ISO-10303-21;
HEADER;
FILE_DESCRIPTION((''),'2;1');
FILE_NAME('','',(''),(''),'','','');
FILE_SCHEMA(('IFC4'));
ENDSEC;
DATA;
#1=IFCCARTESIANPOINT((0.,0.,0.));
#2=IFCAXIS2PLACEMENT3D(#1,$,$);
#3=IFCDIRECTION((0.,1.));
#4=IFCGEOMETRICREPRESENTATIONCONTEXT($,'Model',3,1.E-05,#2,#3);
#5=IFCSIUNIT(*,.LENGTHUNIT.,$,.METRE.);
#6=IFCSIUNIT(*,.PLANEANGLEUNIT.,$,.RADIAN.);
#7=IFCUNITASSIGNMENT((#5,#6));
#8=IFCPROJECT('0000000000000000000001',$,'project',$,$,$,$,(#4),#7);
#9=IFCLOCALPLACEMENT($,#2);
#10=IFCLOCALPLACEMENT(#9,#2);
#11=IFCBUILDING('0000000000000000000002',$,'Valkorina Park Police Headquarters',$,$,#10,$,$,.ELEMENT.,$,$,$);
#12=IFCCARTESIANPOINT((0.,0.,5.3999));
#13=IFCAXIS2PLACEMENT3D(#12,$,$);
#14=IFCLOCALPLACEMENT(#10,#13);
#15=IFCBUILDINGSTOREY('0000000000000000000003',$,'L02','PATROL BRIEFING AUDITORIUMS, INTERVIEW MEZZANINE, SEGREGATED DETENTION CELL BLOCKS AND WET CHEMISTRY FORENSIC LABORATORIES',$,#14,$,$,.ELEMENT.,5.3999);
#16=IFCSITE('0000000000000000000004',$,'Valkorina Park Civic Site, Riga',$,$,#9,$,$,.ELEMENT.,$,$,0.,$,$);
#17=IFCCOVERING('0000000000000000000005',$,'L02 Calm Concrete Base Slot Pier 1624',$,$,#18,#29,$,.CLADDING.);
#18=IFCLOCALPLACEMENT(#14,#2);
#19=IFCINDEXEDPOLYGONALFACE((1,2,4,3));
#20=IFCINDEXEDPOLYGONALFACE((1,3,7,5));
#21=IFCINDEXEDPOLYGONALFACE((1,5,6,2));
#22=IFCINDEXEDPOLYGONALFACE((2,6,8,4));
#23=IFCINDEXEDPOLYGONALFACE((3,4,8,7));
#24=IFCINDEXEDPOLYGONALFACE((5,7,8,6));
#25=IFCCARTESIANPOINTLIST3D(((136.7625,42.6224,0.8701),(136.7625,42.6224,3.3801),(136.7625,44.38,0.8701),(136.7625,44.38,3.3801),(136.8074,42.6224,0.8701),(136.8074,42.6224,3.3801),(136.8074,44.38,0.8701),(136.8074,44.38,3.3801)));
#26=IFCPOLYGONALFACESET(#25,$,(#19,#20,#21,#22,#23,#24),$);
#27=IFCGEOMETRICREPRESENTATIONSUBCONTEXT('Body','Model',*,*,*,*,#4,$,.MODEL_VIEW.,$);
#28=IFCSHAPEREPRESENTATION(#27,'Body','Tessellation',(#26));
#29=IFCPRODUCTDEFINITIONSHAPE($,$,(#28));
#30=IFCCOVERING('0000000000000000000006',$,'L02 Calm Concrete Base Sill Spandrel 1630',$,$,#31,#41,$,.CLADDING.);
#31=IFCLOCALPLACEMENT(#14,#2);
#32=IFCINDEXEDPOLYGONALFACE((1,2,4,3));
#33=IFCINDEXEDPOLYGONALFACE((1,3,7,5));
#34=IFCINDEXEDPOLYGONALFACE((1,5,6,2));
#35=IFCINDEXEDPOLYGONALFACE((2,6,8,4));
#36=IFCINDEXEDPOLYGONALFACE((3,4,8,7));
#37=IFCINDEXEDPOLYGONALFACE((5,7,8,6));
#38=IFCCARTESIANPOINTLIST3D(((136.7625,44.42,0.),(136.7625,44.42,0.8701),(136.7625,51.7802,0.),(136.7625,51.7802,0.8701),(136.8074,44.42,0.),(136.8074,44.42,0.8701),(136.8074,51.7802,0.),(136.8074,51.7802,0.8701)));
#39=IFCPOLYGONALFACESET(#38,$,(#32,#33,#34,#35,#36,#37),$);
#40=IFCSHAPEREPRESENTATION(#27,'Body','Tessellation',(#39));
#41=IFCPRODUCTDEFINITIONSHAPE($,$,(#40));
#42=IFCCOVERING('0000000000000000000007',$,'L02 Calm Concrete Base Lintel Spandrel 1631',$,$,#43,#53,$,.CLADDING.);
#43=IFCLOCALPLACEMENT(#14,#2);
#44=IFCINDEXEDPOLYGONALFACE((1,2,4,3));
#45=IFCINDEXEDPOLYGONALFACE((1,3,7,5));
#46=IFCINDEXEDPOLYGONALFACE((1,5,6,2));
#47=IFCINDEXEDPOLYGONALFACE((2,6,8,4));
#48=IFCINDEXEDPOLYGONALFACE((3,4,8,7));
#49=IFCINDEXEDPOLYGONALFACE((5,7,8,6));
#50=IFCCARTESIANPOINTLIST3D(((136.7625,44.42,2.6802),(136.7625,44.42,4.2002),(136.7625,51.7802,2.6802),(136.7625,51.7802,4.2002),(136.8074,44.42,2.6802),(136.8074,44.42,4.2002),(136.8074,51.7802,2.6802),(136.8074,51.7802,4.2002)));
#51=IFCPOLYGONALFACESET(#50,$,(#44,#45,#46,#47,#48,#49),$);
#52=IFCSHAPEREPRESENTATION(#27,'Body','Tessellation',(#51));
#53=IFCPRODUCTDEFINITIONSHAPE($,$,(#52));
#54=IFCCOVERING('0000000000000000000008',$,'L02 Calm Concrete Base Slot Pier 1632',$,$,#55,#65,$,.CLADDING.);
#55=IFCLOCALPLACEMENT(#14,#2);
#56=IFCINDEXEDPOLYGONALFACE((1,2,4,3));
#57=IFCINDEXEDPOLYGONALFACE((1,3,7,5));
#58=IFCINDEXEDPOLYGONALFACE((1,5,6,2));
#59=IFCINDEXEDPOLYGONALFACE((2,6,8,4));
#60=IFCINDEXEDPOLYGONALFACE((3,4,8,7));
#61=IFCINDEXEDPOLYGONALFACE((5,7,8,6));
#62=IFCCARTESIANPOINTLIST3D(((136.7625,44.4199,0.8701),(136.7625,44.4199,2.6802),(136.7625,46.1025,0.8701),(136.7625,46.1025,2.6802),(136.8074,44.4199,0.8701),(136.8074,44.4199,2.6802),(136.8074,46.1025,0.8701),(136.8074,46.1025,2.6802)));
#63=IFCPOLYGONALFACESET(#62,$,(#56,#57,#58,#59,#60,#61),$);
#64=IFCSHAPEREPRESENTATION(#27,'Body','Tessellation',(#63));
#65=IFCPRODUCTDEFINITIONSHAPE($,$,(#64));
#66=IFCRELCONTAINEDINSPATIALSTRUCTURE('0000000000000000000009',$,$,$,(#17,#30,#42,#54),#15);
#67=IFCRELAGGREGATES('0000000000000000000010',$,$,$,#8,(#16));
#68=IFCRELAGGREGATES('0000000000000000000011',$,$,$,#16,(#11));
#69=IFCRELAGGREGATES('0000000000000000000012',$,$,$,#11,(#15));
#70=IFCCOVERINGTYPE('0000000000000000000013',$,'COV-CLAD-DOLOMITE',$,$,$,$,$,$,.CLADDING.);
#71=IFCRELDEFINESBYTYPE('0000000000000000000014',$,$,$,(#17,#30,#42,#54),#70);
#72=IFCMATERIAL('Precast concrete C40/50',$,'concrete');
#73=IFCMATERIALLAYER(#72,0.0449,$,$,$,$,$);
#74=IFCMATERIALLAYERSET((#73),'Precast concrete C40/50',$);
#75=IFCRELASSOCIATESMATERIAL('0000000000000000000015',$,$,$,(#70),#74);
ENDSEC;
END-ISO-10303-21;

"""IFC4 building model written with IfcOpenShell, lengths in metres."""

from ifc_helpers import new_model, si_unit, direction, frame, frame_2d, origin, place, context, subcontext, project, spatial, rectangle, extrude, material, layer, layer_set, type_object, element, save


model = new_model("IFC4")

# Units and contexts
model_context = context("Model", 3, precision=1e-05, world=origin(), true_north=direction((0.0, 1.0)))
body_context = subcontext(model_context, "Body", "Model", "MODEL_VIEW")
ifc_project = project(units=[si_unit("LENGTHUNIT", "METRE"), si_unit("PLANEANGLEUNIT", "RADIAN")], contexts=[model_context])

# Site, building, storey
site_placement = place(None, origin())
site = spatial("IfcSite", under=ifc_project, at=site_placement, Name="Valkorina Park Civic Site, Riga", CompositionType="ELEMENT", RefElevation=0.0)
building_placement = place(site_placement, origin())
building = spatial("IfcBuilding", under=site, at=building_placement, Name="Valkorina Park Police Headquarters", CompositionType="ELEMENT")
storey_placement = place(building_placement, frame((0.0, 0.0, 5.3999)))
storey = spatial("IfcBuildingStorey", under=building, at=storey_placement, Name="L02", Description="PATROL BRIEFING AUDITORIUMS, INTERVIEW MEZZANINE, SEGREGATED DETENTION CELL BLOCKS AND WET CHEMISTRY FORENSIC LABORATORIES", CompositionType="ELEMENT", Elevation=5.3999)

# Shared definitions
ifc_material_1 = material(Name="Precast concrete C40/50", Category="concrete")

# Coverings
ifc_layer_1 = layer(ifc_material_1, 0.0449)
ifc_layer_set_1 = layer_set([ifc_layer_1], Name="Precast concrete C40/50")
covering_type = type_object("IfcCoveringType", Name="COV-CLAD-DOLOMITE", PredefinedType="CLADDING", material=ifc_layer_set_1)
covering_1_placement = place(storey_placement, frame((136.7849, 42.6223, 0.8701), z_axis=(0.0, 0.0, 1.0), x_axis=(0.0, 1.0, 0.0)))
element("IfcCovering", 1, at=covering_1_placement, inside=storey, type_object=covering_type, Name="L02 Calm Concrete Base Slot Pier 1624", PredefinedType="CLADDING", context=body_context, shape_type="SweptSolid", body=[
    extrude(rectangle(XDim=1.7576, YDim=0.0449, at=frame_2d((0.8789, 0.0))), origin(), (0.0, 0.0, 1.0), 2.51),
])
covering_2_placement = place(storey_placement, frame((136.7849, 44.4199, 0.0), z_axis=(0.0, 0.0, 1.0), x_axis=(0.0, 1.0, 0.0)))
element("IfcCovering", 2, at=covering_2_placement, inside=storey, type_object=covering_type, Name="L02 Calm Concrete Base Sill Spandrel 1630", PredefinedType="CLADDING", context=body_context, shape_type="SweptSolid", body=[
    extrude(rectangle(XDim=7.3601, YDim=0.0449, at=frame_2d((3.6802, 0.0))), origin(), (0.0, 0.0, 1.0), 0.8701),
])
covering_3_placement = place(storey_placement, frame((136.7849, 44.4199, 2.6802), z_axis=(0.0, 0.0, 1.0), x_axis=(0.0, 1.0, 0.0)))
element("IfcCovering", 3, at=covering_3_placement, inside=storey, type_object=covering_type, Name="L02 Calm Concrete Base Lintel Spandrel 1631", PredefinedType="CLADDING", context=body_context, shape_type="SweptSolid", body=[
    extrude(rectangle(XDim=7.3601, YDim=0.0449, at=frame_2d((3.6802, 0.0))), origin(), (0.0, 0.0, 1.0), 1.52),
])
covering_4_placement = place(storey_placement, frame((136.7849, 44.4199, 0.8701), z_axis=(0.0, 0.0, 1.0), x_axis=(0.0, 1.0, 0.0)))
element("IfcCovering", 4, at=covering_4_placement, inside=storey, type_object=covering_type, Name="L02 Calm Concrete Base Slot Pier 1632", PredefinedType="CLADDING", context=body_context, shape_type="SweptSolid", body=[
    extrude(rectangle(XDim=1.6826, YDim=0.0449, at=frame_2d((0.8413, 0.0))), origin(), (0.0, 0.0, 1.0), 1.8101),
])

save(model, "model.ifc")
